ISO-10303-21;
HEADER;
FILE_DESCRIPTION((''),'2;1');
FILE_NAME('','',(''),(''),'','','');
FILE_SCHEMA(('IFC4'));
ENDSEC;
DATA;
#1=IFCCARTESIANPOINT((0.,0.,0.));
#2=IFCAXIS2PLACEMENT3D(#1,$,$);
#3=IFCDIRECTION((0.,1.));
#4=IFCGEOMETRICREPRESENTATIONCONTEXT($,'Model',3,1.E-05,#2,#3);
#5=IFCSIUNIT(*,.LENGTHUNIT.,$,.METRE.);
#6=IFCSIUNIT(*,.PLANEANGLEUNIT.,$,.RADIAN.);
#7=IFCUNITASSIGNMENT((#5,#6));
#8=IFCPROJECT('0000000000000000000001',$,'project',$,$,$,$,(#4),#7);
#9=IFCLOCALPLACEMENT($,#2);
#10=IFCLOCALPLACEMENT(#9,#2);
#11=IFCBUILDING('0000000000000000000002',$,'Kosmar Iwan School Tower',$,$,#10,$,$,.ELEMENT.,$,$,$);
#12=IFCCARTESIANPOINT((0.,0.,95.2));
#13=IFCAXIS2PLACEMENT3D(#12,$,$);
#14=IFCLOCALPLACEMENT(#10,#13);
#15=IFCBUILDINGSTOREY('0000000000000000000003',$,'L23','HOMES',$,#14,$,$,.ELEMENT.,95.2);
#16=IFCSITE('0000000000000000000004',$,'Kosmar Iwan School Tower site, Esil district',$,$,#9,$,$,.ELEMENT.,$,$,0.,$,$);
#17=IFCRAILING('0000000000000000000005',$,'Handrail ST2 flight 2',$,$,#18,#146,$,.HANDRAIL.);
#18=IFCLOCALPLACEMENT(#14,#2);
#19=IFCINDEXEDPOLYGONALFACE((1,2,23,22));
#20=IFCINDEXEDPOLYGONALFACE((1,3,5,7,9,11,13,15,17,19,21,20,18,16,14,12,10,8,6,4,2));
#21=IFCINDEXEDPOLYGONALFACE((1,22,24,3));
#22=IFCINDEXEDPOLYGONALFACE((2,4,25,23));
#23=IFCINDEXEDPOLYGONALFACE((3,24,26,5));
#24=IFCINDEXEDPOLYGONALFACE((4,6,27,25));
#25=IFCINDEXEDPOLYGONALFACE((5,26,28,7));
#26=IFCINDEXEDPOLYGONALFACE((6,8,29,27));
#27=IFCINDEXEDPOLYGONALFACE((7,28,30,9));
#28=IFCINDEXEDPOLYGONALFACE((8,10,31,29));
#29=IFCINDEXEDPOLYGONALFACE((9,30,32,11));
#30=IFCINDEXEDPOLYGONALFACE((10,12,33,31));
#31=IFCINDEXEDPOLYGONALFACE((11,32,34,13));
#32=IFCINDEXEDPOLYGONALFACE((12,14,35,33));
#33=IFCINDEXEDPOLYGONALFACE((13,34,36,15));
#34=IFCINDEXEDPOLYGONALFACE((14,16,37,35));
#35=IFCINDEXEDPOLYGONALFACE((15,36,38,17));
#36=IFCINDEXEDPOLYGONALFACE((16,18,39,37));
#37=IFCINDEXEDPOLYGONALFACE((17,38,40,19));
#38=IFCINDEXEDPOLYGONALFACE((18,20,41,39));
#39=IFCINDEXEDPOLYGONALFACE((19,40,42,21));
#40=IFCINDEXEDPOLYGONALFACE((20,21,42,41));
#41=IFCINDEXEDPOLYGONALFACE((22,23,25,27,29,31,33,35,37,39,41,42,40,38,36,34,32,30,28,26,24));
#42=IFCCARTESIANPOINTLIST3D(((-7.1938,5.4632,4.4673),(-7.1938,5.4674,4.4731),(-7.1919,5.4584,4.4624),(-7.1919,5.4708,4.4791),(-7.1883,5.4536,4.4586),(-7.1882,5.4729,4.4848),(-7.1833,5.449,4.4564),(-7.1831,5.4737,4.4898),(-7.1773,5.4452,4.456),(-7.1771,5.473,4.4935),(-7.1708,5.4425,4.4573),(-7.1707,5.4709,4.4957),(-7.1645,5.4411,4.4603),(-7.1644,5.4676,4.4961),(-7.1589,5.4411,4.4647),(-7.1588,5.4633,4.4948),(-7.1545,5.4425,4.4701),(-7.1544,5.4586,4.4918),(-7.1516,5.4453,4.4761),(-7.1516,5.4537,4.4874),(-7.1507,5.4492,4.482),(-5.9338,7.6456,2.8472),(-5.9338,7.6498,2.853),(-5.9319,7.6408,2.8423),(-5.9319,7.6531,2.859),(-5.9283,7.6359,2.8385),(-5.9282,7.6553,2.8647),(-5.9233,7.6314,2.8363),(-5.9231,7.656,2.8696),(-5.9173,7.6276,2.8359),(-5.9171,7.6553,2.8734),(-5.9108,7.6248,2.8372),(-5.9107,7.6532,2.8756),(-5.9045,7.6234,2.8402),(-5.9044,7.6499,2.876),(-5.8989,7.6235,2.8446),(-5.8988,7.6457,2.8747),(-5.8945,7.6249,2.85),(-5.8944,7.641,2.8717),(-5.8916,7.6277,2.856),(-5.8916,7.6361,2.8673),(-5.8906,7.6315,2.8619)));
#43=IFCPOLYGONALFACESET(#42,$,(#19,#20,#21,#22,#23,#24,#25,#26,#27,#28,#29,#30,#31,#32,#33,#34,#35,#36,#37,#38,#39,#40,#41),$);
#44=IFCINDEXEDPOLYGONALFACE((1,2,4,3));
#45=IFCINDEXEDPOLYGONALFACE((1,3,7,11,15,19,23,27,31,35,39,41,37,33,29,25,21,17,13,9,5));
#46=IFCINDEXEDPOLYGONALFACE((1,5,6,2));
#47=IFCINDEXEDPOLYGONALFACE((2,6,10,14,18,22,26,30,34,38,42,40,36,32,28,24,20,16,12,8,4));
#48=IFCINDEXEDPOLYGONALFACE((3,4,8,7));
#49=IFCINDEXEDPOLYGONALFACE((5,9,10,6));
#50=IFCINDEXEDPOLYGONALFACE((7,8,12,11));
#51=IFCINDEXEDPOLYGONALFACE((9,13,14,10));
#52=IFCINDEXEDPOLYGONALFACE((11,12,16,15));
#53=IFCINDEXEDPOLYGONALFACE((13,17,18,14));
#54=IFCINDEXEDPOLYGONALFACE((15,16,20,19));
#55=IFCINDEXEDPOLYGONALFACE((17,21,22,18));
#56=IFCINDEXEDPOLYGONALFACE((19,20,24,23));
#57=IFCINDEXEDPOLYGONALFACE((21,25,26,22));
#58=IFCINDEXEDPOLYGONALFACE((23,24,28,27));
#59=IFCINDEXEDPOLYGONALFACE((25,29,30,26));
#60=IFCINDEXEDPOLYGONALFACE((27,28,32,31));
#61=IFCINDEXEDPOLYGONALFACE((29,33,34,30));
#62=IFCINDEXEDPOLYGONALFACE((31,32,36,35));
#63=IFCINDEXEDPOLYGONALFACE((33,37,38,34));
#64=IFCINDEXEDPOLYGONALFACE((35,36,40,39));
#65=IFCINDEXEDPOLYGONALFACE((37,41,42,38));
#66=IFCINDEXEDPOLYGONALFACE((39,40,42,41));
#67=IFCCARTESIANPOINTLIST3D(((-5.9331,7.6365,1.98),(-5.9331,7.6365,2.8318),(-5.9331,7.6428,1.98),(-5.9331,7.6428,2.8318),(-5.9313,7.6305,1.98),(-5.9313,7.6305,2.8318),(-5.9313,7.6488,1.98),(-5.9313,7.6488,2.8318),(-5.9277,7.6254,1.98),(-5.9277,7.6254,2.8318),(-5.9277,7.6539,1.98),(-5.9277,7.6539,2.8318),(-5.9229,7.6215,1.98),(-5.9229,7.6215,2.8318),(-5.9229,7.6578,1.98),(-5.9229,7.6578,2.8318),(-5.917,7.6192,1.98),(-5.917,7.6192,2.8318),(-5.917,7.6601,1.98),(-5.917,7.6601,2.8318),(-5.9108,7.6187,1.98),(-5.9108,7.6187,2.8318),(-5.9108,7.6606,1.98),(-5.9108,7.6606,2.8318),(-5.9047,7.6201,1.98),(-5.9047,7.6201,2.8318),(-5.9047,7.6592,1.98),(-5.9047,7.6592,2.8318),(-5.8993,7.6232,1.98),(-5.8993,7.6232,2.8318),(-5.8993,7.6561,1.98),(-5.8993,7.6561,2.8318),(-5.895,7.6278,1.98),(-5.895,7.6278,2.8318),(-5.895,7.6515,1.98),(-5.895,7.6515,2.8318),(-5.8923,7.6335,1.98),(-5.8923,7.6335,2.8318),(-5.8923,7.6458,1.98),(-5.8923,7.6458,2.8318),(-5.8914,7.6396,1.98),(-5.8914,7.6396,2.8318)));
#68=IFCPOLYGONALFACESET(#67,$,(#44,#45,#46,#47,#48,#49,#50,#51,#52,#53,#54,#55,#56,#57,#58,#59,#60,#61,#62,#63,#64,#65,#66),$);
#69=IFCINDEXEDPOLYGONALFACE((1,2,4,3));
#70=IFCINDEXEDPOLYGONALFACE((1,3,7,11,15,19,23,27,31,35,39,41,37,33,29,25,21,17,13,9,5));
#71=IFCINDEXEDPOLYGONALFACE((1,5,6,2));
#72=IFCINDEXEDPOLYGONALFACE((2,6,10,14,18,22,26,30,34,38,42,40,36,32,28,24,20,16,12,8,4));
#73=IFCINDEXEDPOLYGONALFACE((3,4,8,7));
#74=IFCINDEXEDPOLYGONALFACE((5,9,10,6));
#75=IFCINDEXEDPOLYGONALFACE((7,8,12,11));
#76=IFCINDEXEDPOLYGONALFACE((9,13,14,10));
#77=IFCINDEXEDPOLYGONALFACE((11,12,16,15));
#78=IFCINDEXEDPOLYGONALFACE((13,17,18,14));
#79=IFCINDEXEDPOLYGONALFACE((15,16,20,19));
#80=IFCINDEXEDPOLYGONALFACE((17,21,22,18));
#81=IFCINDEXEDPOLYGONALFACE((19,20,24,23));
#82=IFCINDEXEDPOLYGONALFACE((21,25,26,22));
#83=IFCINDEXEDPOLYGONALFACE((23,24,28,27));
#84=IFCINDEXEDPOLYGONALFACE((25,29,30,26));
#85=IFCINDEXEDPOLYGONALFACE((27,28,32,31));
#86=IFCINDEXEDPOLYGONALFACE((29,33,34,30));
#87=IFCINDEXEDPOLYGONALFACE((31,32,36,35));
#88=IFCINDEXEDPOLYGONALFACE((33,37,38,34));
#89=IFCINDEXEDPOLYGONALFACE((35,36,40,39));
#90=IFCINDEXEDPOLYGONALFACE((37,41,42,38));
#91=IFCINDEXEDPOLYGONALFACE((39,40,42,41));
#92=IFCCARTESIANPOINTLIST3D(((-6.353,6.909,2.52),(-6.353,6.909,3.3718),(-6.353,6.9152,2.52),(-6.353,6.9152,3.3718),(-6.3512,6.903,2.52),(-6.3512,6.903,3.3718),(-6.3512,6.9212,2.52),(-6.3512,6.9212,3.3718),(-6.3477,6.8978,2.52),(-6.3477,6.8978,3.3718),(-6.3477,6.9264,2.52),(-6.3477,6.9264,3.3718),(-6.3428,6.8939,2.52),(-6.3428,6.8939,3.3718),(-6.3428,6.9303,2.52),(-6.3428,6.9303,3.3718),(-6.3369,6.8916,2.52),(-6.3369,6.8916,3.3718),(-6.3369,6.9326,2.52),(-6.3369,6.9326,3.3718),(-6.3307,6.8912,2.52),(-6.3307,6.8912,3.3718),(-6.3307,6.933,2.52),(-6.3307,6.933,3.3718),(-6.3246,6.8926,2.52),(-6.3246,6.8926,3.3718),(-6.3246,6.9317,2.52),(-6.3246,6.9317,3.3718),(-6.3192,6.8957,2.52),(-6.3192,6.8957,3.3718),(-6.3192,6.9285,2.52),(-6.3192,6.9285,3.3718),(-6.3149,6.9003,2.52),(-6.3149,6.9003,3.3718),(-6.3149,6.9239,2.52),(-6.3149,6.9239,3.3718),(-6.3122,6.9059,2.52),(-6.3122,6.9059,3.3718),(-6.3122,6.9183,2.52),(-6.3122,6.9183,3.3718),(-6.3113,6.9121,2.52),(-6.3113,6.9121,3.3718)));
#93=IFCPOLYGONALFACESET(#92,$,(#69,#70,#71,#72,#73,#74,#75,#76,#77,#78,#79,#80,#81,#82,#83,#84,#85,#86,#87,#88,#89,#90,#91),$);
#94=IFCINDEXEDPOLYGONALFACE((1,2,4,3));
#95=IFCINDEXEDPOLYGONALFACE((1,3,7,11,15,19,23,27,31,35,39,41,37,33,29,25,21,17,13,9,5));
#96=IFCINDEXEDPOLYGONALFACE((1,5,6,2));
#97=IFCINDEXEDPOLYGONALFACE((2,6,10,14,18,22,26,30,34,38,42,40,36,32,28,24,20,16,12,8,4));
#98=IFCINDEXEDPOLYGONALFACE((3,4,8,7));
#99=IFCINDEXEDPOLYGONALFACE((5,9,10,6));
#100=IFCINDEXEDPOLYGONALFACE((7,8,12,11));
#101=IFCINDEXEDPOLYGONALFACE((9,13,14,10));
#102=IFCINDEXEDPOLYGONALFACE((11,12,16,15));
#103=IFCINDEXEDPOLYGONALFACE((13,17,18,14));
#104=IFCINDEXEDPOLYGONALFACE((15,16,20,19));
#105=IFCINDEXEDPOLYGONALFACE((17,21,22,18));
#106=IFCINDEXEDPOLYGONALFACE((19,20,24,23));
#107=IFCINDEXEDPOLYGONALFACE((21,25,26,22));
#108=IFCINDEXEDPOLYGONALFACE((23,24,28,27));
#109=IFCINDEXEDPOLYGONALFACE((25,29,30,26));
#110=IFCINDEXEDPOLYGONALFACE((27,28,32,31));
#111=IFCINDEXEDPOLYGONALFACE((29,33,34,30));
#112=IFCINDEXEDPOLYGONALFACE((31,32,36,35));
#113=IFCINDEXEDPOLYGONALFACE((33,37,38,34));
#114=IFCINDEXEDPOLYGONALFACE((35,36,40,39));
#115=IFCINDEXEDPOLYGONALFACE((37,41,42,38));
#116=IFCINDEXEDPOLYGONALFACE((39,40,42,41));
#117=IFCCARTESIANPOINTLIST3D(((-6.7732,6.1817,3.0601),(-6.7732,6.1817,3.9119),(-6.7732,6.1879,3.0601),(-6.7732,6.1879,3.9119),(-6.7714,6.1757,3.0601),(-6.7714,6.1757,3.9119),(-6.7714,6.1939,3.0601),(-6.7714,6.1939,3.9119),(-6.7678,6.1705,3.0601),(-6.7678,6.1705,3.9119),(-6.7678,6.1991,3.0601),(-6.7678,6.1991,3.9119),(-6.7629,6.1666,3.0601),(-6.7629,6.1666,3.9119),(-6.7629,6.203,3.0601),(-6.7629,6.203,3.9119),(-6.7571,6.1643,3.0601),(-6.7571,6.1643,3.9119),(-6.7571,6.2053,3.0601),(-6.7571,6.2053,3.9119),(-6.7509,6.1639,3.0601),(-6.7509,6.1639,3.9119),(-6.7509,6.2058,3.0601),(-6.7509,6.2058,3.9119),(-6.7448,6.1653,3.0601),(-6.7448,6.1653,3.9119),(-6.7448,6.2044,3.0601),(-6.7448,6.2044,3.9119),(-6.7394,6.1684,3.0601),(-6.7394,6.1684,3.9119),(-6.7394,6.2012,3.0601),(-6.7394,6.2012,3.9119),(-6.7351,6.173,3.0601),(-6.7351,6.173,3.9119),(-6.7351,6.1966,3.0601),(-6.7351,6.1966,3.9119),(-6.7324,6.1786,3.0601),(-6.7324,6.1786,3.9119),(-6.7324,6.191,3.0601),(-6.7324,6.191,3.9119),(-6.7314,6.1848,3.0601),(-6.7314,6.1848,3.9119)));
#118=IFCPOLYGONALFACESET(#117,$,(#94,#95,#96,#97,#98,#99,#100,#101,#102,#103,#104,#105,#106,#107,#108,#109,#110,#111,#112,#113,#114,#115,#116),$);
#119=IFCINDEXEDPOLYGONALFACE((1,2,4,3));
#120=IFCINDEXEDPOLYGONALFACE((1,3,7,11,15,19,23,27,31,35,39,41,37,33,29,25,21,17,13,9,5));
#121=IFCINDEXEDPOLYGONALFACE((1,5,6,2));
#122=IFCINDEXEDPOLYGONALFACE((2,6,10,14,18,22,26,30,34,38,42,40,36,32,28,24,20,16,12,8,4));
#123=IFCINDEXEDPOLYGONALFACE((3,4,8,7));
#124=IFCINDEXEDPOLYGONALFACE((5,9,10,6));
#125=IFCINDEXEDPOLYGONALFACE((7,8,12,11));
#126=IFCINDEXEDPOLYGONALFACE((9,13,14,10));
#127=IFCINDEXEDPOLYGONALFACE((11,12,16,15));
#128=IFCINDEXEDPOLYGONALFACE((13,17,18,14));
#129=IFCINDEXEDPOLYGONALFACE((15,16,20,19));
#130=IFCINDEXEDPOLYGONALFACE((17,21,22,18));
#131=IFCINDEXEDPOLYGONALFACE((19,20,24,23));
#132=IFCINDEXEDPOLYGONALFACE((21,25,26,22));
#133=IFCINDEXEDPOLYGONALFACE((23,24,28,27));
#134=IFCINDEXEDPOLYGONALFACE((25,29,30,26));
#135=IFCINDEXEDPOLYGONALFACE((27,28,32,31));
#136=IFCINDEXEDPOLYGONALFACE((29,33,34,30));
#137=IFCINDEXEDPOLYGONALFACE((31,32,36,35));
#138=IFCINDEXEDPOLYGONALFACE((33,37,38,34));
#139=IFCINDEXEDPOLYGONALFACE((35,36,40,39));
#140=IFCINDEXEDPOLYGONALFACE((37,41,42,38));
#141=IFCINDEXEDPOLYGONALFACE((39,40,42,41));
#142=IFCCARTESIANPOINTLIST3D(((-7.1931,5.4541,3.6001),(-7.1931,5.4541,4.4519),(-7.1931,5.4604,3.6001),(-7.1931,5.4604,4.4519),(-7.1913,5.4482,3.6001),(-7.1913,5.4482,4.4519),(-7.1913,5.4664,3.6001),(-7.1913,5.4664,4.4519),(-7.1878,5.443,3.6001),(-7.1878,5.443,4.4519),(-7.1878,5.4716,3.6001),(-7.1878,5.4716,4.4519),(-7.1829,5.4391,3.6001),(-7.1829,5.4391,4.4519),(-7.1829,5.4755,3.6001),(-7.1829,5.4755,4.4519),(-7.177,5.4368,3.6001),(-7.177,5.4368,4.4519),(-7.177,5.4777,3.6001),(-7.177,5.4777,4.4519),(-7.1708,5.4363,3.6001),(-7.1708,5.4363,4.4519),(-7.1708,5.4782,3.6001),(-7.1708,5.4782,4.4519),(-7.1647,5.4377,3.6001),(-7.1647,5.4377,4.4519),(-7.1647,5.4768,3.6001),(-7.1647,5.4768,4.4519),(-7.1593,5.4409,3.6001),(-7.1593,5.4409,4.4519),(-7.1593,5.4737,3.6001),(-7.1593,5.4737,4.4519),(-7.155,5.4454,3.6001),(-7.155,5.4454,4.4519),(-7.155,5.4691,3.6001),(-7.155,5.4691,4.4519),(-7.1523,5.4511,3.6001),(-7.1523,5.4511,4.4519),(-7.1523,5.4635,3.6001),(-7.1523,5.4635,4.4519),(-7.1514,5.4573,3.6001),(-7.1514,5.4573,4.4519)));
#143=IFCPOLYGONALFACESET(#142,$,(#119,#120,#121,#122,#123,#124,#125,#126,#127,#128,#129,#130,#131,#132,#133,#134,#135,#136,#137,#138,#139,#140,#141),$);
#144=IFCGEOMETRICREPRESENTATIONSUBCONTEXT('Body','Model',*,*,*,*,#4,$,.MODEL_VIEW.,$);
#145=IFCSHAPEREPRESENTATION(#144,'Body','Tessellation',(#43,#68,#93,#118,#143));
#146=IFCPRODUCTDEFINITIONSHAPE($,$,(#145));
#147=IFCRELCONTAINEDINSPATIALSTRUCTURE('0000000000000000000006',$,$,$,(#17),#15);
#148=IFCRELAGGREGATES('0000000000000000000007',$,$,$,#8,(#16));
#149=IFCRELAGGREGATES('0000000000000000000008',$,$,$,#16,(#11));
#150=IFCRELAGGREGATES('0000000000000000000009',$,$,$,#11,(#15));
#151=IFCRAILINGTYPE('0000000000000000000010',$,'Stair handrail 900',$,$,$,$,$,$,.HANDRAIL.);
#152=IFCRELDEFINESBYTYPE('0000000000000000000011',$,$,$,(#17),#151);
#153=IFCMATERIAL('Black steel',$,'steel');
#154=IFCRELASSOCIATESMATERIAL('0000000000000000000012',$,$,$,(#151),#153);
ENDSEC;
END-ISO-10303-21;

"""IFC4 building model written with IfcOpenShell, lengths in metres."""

from ifc_helpers import new_model, si_unit, direction, frame, origin, origin_2d, place, context, subcontext, project, spatial, circle, extrude, material, type_object, element, save


model = new_model("IFC4")

# Units and contexts
model_context = context("Model", 3, precision=1e-05, world=origin(), true_north=direction((0.0, 1.0)))
body_context = subcontext(model_context, "Body", "Model", "MODEL_VIEW")
ifc_project = project(units=[si_unit("LENGTHUNIT", "METRE"), si_unit("PLANEANGLEUNIT", "RADIAN")], contexts=[model_context])

# Site, building, storey
site_placement = place(None, origin())
site = spatial("IfcSite", under=ifc_project, at=site_placement, Name="Kosmar Iwan School Tower site, Esil district", CompositionType="ELEMENT", RefElevation=0.0)
building_placement = place(site_placement, origin())
building = spatial("IfcBuilding", under=site, at=building_placement, Name="Kosmar Iwan School Tower", CompositionType="ELEMENT")
storey_placement = place(building_placement, frame((0.0, 0.0, 95.2)))
storey = spatial("IfcBuildingStorey", under=building, at=storey_placement, Name="L23", Description="HOMES", CompositionType="ELEMENT", Elevation=95.2)

# Railing
ifc_material_1 = material(Name="Black steel", Category="steel")
railing_type = type_object("IfcRailingType", Name="Stair handrail 900", PredefinedType="HANDRAIL", material=ifc_material_1)
railing_1_placement = place(storey_placement, frame((-5.9124, 7.6396, 1.98)))
element("IfcRailing", 1, at=railing_1_placement, inside=storey, type_object=railing_type, Name="Handrail ST2 flight 2", PredefinedType="HANDRAIL", context=body_context, shape_type="SweptSolid", body=[
    extrude(circle(Radius=0.0239, at=origin_2d()), frame((0.0, 0.0, 0.876), z_axis=(-0.420584, -0.728464, 0.540786), x_axis=(0.866023, -0.500005, 0.0)), (0.0, 0.0, 1.0), 2.9958),
    extrude(circle(Radius=0.021, at=origin_2d()), origin(), (0.0, 0.0, 1.0), 0.8518),
    extrude(circle(Radius=0.021, at=origin_2d()), frame((-0.4199, -0.7275, 0.54)), (0.0, 0.0, 1.0), 0.8518),
    extrude(circle(Radius=0.021, at=origin_2d()), frame((-0.8401, -1.4548, 1.0801)), (0.0, 0.0, 1.0), 0.8518),
    extrude(circle(Radius=0.021, at=origin_2d()), frame((-1.26, -2.1824, 1.6201)), (0.0, 0.0, 1.0), 0.8518),
])

save(model, "model.ifc")
